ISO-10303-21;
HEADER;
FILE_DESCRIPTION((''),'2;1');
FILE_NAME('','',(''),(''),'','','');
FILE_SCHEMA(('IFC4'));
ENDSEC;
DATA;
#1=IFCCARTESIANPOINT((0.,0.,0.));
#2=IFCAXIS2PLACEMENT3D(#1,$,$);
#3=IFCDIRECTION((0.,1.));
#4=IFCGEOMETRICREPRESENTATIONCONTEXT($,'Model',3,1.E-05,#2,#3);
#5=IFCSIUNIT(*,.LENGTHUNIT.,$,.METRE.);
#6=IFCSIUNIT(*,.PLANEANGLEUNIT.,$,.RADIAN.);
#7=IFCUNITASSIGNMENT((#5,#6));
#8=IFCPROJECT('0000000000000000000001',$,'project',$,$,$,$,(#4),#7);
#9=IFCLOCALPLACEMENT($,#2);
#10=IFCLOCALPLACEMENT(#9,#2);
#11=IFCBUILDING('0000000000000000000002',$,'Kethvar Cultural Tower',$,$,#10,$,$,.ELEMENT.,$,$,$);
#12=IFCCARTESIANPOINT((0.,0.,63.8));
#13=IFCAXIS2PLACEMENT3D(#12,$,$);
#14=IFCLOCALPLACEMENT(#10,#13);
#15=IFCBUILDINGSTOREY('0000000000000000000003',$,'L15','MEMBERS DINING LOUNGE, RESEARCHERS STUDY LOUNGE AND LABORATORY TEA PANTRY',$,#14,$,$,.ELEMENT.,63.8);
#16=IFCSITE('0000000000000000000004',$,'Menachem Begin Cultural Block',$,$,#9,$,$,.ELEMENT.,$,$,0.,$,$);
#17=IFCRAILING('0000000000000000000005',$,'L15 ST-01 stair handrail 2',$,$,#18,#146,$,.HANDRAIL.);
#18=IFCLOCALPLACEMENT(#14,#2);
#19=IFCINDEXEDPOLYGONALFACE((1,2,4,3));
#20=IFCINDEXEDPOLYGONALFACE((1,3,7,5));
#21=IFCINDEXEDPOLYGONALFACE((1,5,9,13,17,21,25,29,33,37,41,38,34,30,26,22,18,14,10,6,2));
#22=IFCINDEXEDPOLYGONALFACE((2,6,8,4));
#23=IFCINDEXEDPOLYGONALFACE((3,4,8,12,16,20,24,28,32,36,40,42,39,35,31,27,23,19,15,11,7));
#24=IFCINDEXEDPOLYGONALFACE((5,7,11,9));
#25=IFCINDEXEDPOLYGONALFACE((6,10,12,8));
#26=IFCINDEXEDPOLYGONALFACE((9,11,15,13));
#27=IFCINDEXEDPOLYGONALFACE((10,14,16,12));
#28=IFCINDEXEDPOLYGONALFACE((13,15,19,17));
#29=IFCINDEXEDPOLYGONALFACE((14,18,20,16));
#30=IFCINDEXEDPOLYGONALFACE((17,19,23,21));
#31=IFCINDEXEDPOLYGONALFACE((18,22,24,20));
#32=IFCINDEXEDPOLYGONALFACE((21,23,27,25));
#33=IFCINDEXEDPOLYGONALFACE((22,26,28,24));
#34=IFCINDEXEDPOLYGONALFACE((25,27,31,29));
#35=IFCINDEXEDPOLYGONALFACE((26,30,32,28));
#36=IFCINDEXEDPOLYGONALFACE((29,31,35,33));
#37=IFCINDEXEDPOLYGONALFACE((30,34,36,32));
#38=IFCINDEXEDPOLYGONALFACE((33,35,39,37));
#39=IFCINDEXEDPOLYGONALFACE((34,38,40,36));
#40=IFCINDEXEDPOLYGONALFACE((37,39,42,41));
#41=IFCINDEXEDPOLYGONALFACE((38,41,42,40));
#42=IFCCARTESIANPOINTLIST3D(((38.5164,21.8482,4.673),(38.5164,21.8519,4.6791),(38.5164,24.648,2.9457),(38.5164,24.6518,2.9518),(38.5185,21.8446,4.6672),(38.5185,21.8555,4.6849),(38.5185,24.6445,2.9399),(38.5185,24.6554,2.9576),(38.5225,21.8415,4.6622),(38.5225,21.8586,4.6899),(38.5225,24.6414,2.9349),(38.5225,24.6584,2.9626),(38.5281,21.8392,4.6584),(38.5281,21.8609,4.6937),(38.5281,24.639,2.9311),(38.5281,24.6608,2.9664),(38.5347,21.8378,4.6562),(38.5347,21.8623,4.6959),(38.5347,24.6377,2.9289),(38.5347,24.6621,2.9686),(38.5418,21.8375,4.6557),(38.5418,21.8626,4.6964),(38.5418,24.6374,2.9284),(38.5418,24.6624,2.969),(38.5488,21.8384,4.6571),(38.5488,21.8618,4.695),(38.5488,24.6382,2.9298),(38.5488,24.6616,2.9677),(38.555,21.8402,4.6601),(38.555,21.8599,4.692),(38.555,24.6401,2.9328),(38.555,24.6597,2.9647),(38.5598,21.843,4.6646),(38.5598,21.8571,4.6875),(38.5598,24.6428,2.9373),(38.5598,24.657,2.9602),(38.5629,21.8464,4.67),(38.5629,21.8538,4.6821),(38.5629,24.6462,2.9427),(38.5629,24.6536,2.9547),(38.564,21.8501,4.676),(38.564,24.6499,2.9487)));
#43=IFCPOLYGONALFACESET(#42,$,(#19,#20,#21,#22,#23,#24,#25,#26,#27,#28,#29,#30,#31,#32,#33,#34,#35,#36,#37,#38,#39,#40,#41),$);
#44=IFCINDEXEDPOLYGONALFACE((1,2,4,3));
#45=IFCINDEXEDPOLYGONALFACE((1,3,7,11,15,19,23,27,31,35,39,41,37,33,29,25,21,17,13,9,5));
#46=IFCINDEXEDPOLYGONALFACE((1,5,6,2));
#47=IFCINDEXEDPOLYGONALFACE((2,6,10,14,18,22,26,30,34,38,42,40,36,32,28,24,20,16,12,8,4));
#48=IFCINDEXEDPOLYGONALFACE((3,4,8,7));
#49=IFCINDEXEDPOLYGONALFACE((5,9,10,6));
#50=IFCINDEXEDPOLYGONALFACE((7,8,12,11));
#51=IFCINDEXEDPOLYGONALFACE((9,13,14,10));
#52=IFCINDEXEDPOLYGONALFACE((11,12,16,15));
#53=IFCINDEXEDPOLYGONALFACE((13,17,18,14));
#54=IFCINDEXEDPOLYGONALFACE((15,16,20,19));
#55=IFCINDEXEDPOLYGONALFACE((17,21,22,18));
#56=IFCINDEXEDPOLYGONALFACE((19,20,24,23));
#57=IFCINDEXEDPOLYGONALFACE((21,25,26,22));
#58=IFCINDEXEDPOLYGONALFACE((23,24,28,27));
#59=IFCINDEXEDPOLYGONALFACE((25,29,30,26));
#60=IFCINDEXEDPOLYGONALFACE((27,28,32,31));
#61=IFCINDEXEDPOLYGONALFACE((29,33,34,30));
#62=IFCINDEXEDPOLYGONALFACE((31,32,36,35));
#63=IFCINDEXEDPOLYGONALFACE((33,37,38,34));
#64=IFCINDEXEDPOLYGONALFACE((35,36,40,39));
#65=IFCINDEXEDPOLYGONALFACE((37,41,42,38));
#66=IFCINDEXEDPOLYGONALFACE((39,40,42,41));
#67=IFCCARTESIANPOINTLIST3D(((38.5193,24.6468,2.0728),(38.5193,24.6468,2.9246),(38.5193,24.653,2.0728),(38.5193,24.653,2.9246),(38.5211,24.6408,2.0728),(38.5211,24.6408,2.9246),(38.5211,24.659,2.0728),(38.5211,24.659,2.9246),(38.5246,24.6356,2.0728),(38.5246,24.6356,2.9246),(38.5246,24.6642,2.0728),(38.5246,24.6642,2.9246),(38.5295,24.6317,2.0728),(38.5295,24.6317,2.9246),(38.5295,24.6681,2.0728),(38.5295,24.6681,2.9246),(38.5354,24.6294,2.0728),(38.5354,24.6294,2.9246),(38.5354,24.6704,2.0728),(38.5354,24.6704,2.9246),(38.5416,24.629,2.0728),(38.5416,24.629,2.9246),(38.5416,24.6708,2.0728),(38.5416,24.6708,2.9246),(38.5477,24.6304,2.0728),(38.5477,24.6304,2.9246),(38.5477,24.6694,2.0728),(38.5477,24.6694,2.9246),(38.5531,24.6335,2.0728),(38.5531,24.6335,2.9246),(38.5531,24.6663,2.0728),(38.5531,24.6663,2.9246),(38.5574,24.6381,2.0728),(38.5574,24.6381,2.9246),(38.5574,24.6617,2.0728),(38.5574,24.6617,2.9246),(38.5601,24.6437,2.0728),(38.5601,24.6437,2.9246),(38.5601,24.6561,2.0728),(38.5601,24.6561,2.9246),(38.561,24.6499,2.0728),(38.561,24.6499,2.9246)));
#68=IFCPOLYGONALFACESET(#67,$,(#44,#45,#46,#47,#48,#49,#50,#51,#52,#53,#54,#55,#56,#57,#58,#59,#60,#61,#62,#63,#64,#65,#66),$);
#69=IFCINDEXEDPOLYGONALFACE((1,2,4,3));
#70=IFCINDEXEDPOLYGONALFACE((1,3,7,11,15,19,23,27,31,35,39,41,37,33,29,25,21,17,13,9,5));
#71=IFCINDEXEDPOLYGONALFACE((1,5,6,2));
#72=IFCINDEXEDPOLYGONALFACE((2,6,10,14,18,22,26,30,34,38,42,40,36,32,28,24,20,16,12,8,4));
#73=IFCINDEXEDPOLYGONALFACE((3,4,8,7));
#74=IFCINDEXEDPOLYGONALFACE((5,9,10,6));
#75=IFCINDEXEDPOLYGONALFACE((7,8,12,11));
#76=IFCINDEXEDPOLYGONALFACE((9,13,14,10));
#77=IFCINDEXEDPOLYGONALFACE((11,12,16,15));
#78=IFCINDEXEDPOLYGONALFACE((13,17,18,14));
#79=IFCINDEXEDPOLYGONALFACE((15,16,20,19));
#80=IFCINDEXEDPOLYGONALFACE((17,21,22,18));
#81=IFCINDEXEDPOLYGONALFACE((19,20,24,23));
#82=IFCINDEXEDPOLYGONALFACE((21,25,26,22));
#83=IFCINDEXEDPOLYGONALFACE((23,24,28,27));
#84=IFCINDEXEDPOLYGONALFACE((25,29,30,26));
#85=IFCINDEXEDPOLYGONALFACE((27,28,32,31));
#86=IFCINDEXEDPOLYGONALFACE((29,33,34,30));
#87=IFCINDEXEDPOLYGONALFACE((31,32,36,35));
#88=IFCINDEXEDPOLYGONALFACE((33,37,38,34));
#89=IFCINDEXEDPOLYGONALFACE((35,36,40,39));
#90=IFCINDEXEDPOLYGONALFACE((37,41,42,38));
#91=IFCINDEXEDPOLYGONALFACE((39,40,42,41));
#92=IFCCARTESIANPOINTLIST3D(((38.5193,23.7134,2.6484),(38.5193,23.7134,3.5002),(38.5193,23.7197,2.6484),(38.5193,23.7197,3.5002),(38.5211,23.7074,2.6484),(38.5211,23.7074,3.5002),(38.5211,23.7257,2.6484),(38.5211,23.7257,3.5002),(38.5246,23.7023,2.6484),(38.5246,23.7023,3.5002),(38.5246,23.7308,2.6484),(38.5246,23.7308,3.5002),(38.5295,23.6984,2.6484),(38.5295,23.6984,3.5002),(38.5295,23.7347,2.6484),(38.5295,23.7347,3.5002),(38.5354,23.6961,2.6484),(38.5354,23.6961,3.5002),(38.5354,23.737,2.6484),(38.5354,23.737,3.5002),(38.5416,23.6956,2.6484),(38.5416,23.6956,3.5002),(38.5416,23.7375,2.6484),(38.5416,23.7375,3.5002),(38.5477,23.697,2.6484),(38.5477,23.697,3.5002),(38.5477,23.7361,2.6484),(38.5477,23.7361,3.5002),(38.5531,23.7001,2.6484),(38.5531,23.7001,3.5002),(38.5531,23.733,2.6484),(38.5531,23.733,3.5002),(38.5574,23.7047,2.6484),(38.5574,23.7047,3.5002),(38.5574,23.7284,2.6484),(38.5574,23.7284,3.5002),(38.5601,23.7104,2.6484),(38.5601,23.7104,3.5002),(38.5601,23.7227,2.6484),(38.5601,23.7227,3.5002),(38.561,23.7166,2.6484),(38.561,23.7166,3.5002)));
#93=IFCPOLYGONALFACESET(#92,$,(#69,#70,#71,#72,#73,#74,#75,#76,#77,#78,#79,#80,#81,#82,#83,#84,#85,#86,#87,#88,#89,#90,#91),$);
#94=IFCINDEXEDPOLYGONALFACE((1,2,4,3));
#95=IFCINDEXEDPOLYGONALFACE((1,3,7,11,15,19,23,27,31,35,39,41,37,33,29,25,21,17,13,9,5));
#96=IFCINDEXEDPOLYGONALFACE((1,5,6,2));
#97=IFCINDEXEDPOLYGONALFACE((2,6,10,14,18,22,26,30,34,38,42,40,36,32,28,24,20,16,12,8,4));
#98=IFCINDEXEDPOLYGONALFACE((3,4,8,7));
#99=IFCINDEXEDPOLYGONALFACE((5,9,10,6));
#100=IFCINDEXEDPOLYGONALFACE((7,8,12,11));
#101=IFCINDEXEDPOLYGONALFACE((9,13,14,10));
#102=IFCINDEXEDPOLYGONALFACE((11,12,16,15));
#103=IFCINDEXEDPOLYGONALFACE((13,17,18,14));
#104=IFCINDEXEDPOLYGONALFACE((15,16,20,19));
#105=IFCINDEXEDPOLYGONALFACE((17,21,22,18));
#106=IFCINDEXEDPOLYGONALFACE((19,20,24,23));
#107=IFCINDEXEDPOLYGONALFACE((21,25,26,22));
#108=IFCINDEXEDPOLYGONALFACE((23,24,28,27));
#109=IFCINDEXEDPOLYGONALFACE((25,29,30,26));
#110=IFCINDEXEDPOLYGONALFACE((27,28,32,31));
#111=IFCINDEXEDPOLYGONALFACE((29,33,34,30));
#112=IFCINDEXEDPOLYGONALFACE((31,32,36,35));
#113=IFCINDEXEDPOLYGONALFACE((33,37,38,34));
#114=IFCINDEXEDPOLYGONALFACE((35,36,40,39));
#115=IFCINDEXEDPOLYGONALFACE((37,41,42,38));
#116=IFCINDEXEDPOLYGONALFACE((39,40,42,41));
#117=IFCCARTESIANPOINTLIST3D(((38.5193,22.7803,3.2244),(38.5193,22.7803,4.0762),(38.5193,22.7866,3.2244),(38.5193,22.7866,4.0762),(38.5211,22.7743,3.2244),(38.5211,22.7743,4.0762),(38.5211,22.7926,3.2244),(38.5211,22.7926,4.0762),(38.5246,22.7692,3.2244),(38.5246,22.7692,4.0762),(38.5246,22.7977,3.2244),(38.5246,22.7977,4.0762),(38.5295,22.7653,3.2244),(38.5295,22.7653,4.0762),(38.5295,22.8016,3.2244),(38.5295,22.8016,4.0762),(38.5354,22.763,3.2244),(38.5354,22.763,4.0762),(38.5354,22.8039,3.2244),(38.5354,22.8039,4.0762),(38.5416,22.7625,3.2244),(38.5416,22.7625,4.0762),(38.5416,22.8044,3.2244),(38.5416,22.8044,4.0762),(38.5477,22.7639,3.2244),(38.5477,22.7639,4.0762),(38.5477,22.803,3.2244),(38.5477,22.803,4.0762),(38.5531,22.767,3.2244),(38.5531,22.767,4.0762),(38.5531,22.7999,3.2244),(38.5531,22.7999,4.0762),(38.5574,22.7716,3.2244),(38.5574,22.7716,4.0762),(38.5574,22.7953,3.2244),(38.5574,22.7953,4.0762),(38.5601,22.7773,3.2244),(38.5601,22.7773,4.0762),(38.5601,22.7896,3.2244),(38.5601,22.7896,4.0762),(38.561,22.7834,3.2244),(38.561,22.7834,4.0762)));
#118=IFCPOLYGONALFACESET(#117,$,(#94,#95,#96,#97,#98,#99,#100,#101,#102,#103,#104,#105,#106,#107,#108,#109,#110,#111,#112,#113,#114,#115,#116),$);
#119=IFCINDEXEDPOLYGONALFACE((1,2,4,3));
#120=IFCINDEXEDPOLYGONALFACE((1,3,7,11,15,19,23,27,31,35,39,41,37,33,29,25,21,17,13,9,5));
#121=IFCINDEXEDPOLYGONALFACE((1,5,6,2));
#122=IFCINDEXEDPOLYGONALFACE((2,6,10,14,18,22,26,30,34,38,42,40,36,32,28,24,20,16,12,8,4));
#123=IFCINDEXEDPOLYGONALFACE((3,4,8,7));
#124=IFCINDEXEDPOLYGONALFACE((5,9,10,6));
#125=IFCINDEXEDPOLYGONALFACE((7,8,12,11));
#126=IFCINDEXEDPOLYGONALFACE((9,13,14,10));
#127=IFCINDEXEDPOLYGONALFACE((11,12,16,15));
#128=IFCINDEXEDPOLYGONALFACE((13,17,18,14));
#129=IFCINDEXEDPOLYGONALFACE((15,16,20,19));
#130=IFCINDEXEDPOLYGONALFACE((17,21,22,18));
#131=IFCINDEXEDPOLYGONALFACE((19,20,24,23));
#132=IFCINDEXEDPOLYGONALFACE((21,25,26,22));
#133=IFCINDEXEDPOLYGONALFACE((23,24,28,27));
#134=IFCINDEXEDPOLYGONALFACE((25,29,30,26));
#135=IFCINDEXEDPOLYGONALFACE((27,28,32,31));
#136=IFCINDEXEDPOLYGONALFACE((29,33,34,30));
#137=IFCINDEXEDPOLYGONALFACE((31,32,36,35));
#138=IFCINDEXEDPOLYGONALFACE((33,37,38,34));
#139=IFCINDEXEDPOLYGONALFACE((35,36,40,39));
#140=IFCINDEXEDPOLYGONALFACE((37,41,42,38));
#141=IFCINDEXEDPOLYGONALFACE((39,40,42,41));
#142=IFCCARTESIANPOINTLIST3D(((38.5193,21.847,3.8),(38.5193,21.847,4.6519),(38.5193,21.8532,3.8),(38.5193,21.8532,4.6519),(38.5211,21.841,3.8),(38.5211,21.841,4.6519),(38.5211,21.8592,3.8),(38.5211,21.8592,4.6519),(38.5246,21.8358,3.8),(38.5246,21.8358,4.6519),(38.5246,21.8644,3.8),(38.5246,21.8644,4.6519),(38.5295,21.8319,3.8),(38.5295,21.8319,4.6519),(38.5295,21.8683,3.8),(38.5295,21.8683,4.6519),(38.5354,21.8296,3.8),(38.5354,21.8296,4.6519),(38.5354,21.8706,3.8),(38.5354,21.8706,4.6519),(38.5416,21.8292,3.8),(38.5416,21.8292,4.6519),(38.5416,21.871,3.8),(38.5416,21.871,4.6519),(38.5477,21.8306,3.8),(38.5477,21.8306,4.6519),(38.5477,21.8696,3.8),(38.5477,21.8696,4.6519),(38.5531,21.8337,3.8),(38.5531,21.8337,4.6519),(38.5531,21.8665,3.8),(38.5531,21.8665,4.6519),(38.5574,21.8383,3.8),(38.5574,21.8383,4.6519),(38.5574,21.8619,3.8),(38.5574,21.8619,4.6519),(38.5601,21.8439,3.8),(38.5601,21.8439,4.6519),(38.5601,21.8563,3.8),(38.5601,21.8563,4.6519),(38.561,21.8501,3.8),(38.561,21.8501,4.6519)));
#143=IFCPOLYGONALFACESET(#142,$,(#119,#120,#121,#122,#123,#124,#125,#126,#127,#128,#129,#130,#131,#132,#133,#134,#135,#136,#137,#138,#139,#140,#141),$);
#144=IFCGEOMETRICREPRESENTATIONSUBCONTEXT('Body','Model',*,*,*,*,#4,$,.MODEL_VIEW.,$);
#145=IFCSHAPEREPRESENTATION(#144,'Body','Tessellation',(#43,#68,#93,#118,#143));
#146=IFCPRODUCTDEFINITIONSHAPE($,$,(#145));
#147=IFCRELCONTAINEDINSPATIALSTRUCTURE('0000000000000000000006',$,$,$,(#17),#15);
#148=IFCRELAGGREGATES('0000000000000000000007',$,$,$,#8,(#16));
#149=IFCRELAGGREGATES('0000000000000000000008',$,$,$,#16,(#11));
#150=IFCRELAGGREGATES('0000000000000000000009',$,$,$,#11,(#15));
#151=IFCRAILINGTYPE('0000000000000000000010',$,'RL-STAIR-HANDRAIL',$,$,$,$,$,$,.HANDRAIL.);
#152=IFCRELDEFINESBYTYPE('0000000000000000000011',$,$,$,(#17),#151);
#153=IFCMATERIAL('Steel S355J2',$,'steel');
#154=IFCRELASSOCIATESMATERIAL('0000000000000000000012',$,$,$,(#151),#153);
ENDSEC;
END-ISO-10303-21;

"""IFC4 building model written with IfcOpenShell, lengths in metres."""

from ifc_helpers import new_model, si_unit, direction, frame, origin, origin_2d, place, context, subcontext, project, spatial, circle, extrude, material, type_object, element, save


model = new_model("IFC4")

# Units and contexts
model_context = context("Model", 3, precision=1e-05, world=origin(), true_north=direction((0.0, 1.0)))
body_context = subcontext(model_context, "Body", "Model", "MODEL_VIEW")
ifc_project = project(units=[si_unit("LENGTHUNIT", "METRE"), si_unit("PLANEANGLEUNIT", "RADIAN")], contexts=[model_context])

# Site, building, storey
site_placement = place(None, origin())
site = spatial("IfcSite", under=ifc_project, at=site_placement, Name="Menachem Begin Cultural Block", CompositionType="ELEMENT", RefElevation=0.0)
building_placement = place(site_placement, origin())
building = spatial("IfcBuilding", under=site, at=building_placement, Name="Kethvar Cultural Tower", CompositionType="ELEMENT")
storey_placement = place(building_placement, frame((0.0, 0.0, 63.8)))
storey = spatial("IfcBuildingStorey", under=building, at=storey_placement, Name="L15", Description="MEMBERS DINING LOUNGE, RESEARCHERS STUDY LOUNGE AND LABORATORY TEA PANTRY", CompositionType="ELEMENT", Elevation=63.8)

# Shared definitions
ifc_material_1 = material(Name="Steel S355J2", Category="steel")

# Railing
railing_type_1 = type_object("IfcRailingType", Name="RL-STAIR-HANDRAIL", PredefinedType="HANDRAIL", material=ifc_material_1)
railing_1_placement = place(storey_placement, frame((38.54, 24.6499, 2.0728)))
element("IfcRailing", 1, at=railing_1_placement, inside=storey, type_object=railing_type_1, Name="L15 ST-01 stair handrail 2", PredefinedType="HANDRAIL", context=body_context, shape_type="SweptSolid", body=[
    extrude(circle(Radius=0.0239, at=origin_2d()), frame((0.0, 0.0, 0.876), z_axis=(0.0, -0.851069, 0.525054), x_axis=(1.0, 0.0, 0.0)), (0.0, 0.0, 1.0), 3.2898),
    extrude(circle(Radius=0.021, at=origin_2d()), origin(), (0.0, 0.0, 1.0), 0.8518),
    extrude(circle(Radius=0.021, at=origin_2d()), frame((0.0, -0.9333, 0.5757)), (0.0, 0.0, 1.0), 0.8518),
    extrude(circle(Radius=0.021, at=origin_2d()), frame((0.0, -1.8665, 1.1516)), (0.0, 0.0, 1.0), 0.8518),
    extrude(circle(Radius=0.021, at=origin_2d()), frame((0.0, -2.7998, 1.7273)), (0.0, 0.0, 1.0), 0.8518),
])

save(model, "model.ifc")
